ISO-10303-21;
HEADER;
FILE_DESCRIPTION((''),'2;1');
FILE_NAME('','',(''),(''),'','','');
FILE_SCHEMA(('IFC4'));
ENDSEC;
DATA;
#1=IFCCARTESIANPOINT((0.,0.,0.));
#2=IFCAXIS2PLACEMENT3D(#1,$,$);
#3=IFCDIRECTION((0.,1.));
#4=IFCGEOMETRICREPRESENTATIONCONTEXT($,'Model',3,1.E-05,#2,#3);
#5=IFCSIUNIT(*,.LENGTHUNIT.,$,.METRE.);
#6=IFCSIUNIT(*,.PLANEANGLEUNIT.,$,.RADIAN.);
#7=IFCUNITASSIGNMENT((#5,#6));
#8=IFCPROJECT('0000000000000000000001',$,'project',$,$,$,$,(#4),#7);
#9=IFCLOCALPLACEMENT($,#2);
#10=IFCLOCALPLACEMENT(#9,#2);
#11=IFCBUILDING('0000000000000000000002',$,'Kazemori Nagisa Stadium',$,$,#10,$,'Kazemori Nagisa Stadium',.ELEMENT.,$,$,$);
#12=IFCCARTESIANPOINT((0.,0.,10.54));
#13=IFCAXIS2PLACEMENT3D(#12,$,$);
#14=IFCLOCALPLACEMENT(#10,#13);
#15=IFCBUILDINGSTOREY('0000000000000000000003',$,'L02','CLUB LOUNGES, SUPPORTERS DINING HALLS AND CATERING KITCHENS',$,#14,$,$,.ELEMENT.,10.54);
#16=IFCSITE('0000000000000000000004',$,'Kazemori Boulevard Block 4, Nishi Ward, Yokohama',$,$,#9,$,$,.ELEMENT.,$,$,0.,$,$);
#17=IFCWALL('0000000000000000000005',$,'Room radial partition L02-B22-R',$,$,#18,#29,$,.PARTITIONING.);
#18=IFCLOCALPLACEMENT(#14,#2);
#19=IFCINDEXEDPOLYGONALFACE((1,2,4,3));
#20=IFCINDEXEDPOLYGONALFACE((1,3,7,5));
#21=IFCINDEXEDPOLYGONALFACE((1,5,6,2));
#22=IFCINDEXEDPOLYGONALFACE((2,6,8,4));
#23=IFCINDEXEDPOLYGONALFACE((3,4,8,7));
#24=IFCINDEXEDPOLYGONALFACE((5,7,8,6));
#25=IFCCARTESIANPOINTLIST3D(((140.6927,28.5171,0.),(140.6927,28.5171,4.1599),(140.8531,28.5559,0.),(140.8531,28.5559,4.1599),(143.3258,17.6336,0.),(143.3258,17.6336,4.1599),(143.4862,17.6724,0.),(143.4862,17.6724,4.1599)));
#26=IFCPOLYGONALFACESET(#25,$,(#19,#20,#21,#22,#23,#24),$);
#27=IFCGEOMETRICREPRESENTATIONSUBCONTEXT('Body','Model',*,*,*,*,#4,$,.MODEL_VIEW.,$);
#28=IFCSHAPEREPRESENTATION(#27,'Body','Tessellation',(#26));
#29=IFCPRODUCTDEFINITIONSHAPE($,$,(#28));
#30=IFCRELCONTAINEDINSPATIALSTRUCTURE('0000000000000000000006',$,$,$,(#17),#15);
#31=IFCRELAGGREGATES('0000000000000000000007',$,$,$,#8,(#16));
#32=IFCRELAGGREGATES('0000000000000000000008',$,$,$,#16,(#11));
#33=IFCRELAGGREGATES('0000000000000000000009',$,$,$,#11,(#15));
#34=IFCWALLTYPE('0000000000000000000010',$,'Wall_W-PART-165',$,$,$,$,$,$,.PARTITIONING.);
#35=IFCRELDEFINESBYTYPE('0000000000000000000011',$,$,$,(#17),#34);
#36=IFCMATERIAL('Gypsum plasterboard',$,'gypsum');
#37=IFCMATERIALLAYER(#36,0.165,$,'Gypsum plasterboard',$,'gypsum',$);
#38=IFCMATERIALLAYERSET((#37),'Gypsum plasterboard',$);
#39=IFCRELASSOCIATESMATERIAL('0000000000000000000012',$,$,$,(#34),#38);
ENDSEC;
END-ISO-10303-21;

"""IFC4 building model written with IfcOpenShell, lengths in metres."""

from ifc_helpers import new_model, si_unit, direction, frame, frame_2d, origin, place, context, subcontext, project, spatial, rectangle, extrude, material, layer, layer_set, type_object, element, save


model = new_model("IFC4")

# Units and contexts
model_context = context("Model", 3, precision=1e-05, world=origin(), true_north=direction((0.0, 1.0)))
body_context = subcontext(model_context, "Body", "Model", "MODEL_VIEW")
ifc_project = project(units=[si_unit("LENGTHUNIT", "METRE"), si_unit("PLANEANGLEUNIT", "RADIAN")], contexts=[model_context])

# Site, building, storey
site_placement = place(None, origin())
site = spatial("IfcSite", under=ifc_project, at=site_placement, Name="Kazemori Boulevard Block 4, Nishi Ward, Yokohama", CompositionType="ELEMENT", RefElevation=0.0)
building_placement = place(site_placement, origin())
building = spatial("IfcBuilding", under=site, at=building_placement, Name="Kazemori Nagisa Stadium", LongName="Kazemori Nagisa Stadium", CompositionType="ELEMENT")
storey_placement = place(building_placement, frame((0.0, 0.0, 10.54)))
storey = spatial("IfcBuildingStorey", under=building, at=storey_placement, Name="L02", Description="CLUB LOUNGES, SUPPORTERS DINING HALLS AND CATERING KITCHENS", CompositionType="ELEMENT", Elevation=10.54)

# Shared definitions
ifc_material_1 = material(Name="Gypsum plasterboard", Category="gypsum")
ifc_layer_1 = layer(ifc_material_1, 0.165, Name="Gypsum plasterboard", Category="gypsum")
ifc_layer_set_1 = layer_set([ifc_layer_1], Name="Gypsum plasterboard")
wall_type_1 = type_object("IfcWallType", Name="Wall_W-PART-165", PredefinedType="PARTITIONING", material=ifc_layer_set_1)

# Wall
wall_1_placement = place(storey_placement, frame((140.7729, 28.5364, 0.0), z_axis=(0.0, 0.0, 1.0), x_axis=(0.235146, -0.97196, 0.0)))
element("IfcWall", 1, at=wall_1_placement, inside=storey, type_object=wall_type_1, Name="Room radial partition L02-B22-R", PredefinedType="PARTITIONING", context=body_context, shape_type="SweptSolid", body=[
    extrude(rectangle(XDim=11.1975, YDim=0.165, at=frame_2d((5.5986, 0.0))), origin(), (0.0, 0.0, 1.0), 4.1599),
])

save(model, "model.ifc")
